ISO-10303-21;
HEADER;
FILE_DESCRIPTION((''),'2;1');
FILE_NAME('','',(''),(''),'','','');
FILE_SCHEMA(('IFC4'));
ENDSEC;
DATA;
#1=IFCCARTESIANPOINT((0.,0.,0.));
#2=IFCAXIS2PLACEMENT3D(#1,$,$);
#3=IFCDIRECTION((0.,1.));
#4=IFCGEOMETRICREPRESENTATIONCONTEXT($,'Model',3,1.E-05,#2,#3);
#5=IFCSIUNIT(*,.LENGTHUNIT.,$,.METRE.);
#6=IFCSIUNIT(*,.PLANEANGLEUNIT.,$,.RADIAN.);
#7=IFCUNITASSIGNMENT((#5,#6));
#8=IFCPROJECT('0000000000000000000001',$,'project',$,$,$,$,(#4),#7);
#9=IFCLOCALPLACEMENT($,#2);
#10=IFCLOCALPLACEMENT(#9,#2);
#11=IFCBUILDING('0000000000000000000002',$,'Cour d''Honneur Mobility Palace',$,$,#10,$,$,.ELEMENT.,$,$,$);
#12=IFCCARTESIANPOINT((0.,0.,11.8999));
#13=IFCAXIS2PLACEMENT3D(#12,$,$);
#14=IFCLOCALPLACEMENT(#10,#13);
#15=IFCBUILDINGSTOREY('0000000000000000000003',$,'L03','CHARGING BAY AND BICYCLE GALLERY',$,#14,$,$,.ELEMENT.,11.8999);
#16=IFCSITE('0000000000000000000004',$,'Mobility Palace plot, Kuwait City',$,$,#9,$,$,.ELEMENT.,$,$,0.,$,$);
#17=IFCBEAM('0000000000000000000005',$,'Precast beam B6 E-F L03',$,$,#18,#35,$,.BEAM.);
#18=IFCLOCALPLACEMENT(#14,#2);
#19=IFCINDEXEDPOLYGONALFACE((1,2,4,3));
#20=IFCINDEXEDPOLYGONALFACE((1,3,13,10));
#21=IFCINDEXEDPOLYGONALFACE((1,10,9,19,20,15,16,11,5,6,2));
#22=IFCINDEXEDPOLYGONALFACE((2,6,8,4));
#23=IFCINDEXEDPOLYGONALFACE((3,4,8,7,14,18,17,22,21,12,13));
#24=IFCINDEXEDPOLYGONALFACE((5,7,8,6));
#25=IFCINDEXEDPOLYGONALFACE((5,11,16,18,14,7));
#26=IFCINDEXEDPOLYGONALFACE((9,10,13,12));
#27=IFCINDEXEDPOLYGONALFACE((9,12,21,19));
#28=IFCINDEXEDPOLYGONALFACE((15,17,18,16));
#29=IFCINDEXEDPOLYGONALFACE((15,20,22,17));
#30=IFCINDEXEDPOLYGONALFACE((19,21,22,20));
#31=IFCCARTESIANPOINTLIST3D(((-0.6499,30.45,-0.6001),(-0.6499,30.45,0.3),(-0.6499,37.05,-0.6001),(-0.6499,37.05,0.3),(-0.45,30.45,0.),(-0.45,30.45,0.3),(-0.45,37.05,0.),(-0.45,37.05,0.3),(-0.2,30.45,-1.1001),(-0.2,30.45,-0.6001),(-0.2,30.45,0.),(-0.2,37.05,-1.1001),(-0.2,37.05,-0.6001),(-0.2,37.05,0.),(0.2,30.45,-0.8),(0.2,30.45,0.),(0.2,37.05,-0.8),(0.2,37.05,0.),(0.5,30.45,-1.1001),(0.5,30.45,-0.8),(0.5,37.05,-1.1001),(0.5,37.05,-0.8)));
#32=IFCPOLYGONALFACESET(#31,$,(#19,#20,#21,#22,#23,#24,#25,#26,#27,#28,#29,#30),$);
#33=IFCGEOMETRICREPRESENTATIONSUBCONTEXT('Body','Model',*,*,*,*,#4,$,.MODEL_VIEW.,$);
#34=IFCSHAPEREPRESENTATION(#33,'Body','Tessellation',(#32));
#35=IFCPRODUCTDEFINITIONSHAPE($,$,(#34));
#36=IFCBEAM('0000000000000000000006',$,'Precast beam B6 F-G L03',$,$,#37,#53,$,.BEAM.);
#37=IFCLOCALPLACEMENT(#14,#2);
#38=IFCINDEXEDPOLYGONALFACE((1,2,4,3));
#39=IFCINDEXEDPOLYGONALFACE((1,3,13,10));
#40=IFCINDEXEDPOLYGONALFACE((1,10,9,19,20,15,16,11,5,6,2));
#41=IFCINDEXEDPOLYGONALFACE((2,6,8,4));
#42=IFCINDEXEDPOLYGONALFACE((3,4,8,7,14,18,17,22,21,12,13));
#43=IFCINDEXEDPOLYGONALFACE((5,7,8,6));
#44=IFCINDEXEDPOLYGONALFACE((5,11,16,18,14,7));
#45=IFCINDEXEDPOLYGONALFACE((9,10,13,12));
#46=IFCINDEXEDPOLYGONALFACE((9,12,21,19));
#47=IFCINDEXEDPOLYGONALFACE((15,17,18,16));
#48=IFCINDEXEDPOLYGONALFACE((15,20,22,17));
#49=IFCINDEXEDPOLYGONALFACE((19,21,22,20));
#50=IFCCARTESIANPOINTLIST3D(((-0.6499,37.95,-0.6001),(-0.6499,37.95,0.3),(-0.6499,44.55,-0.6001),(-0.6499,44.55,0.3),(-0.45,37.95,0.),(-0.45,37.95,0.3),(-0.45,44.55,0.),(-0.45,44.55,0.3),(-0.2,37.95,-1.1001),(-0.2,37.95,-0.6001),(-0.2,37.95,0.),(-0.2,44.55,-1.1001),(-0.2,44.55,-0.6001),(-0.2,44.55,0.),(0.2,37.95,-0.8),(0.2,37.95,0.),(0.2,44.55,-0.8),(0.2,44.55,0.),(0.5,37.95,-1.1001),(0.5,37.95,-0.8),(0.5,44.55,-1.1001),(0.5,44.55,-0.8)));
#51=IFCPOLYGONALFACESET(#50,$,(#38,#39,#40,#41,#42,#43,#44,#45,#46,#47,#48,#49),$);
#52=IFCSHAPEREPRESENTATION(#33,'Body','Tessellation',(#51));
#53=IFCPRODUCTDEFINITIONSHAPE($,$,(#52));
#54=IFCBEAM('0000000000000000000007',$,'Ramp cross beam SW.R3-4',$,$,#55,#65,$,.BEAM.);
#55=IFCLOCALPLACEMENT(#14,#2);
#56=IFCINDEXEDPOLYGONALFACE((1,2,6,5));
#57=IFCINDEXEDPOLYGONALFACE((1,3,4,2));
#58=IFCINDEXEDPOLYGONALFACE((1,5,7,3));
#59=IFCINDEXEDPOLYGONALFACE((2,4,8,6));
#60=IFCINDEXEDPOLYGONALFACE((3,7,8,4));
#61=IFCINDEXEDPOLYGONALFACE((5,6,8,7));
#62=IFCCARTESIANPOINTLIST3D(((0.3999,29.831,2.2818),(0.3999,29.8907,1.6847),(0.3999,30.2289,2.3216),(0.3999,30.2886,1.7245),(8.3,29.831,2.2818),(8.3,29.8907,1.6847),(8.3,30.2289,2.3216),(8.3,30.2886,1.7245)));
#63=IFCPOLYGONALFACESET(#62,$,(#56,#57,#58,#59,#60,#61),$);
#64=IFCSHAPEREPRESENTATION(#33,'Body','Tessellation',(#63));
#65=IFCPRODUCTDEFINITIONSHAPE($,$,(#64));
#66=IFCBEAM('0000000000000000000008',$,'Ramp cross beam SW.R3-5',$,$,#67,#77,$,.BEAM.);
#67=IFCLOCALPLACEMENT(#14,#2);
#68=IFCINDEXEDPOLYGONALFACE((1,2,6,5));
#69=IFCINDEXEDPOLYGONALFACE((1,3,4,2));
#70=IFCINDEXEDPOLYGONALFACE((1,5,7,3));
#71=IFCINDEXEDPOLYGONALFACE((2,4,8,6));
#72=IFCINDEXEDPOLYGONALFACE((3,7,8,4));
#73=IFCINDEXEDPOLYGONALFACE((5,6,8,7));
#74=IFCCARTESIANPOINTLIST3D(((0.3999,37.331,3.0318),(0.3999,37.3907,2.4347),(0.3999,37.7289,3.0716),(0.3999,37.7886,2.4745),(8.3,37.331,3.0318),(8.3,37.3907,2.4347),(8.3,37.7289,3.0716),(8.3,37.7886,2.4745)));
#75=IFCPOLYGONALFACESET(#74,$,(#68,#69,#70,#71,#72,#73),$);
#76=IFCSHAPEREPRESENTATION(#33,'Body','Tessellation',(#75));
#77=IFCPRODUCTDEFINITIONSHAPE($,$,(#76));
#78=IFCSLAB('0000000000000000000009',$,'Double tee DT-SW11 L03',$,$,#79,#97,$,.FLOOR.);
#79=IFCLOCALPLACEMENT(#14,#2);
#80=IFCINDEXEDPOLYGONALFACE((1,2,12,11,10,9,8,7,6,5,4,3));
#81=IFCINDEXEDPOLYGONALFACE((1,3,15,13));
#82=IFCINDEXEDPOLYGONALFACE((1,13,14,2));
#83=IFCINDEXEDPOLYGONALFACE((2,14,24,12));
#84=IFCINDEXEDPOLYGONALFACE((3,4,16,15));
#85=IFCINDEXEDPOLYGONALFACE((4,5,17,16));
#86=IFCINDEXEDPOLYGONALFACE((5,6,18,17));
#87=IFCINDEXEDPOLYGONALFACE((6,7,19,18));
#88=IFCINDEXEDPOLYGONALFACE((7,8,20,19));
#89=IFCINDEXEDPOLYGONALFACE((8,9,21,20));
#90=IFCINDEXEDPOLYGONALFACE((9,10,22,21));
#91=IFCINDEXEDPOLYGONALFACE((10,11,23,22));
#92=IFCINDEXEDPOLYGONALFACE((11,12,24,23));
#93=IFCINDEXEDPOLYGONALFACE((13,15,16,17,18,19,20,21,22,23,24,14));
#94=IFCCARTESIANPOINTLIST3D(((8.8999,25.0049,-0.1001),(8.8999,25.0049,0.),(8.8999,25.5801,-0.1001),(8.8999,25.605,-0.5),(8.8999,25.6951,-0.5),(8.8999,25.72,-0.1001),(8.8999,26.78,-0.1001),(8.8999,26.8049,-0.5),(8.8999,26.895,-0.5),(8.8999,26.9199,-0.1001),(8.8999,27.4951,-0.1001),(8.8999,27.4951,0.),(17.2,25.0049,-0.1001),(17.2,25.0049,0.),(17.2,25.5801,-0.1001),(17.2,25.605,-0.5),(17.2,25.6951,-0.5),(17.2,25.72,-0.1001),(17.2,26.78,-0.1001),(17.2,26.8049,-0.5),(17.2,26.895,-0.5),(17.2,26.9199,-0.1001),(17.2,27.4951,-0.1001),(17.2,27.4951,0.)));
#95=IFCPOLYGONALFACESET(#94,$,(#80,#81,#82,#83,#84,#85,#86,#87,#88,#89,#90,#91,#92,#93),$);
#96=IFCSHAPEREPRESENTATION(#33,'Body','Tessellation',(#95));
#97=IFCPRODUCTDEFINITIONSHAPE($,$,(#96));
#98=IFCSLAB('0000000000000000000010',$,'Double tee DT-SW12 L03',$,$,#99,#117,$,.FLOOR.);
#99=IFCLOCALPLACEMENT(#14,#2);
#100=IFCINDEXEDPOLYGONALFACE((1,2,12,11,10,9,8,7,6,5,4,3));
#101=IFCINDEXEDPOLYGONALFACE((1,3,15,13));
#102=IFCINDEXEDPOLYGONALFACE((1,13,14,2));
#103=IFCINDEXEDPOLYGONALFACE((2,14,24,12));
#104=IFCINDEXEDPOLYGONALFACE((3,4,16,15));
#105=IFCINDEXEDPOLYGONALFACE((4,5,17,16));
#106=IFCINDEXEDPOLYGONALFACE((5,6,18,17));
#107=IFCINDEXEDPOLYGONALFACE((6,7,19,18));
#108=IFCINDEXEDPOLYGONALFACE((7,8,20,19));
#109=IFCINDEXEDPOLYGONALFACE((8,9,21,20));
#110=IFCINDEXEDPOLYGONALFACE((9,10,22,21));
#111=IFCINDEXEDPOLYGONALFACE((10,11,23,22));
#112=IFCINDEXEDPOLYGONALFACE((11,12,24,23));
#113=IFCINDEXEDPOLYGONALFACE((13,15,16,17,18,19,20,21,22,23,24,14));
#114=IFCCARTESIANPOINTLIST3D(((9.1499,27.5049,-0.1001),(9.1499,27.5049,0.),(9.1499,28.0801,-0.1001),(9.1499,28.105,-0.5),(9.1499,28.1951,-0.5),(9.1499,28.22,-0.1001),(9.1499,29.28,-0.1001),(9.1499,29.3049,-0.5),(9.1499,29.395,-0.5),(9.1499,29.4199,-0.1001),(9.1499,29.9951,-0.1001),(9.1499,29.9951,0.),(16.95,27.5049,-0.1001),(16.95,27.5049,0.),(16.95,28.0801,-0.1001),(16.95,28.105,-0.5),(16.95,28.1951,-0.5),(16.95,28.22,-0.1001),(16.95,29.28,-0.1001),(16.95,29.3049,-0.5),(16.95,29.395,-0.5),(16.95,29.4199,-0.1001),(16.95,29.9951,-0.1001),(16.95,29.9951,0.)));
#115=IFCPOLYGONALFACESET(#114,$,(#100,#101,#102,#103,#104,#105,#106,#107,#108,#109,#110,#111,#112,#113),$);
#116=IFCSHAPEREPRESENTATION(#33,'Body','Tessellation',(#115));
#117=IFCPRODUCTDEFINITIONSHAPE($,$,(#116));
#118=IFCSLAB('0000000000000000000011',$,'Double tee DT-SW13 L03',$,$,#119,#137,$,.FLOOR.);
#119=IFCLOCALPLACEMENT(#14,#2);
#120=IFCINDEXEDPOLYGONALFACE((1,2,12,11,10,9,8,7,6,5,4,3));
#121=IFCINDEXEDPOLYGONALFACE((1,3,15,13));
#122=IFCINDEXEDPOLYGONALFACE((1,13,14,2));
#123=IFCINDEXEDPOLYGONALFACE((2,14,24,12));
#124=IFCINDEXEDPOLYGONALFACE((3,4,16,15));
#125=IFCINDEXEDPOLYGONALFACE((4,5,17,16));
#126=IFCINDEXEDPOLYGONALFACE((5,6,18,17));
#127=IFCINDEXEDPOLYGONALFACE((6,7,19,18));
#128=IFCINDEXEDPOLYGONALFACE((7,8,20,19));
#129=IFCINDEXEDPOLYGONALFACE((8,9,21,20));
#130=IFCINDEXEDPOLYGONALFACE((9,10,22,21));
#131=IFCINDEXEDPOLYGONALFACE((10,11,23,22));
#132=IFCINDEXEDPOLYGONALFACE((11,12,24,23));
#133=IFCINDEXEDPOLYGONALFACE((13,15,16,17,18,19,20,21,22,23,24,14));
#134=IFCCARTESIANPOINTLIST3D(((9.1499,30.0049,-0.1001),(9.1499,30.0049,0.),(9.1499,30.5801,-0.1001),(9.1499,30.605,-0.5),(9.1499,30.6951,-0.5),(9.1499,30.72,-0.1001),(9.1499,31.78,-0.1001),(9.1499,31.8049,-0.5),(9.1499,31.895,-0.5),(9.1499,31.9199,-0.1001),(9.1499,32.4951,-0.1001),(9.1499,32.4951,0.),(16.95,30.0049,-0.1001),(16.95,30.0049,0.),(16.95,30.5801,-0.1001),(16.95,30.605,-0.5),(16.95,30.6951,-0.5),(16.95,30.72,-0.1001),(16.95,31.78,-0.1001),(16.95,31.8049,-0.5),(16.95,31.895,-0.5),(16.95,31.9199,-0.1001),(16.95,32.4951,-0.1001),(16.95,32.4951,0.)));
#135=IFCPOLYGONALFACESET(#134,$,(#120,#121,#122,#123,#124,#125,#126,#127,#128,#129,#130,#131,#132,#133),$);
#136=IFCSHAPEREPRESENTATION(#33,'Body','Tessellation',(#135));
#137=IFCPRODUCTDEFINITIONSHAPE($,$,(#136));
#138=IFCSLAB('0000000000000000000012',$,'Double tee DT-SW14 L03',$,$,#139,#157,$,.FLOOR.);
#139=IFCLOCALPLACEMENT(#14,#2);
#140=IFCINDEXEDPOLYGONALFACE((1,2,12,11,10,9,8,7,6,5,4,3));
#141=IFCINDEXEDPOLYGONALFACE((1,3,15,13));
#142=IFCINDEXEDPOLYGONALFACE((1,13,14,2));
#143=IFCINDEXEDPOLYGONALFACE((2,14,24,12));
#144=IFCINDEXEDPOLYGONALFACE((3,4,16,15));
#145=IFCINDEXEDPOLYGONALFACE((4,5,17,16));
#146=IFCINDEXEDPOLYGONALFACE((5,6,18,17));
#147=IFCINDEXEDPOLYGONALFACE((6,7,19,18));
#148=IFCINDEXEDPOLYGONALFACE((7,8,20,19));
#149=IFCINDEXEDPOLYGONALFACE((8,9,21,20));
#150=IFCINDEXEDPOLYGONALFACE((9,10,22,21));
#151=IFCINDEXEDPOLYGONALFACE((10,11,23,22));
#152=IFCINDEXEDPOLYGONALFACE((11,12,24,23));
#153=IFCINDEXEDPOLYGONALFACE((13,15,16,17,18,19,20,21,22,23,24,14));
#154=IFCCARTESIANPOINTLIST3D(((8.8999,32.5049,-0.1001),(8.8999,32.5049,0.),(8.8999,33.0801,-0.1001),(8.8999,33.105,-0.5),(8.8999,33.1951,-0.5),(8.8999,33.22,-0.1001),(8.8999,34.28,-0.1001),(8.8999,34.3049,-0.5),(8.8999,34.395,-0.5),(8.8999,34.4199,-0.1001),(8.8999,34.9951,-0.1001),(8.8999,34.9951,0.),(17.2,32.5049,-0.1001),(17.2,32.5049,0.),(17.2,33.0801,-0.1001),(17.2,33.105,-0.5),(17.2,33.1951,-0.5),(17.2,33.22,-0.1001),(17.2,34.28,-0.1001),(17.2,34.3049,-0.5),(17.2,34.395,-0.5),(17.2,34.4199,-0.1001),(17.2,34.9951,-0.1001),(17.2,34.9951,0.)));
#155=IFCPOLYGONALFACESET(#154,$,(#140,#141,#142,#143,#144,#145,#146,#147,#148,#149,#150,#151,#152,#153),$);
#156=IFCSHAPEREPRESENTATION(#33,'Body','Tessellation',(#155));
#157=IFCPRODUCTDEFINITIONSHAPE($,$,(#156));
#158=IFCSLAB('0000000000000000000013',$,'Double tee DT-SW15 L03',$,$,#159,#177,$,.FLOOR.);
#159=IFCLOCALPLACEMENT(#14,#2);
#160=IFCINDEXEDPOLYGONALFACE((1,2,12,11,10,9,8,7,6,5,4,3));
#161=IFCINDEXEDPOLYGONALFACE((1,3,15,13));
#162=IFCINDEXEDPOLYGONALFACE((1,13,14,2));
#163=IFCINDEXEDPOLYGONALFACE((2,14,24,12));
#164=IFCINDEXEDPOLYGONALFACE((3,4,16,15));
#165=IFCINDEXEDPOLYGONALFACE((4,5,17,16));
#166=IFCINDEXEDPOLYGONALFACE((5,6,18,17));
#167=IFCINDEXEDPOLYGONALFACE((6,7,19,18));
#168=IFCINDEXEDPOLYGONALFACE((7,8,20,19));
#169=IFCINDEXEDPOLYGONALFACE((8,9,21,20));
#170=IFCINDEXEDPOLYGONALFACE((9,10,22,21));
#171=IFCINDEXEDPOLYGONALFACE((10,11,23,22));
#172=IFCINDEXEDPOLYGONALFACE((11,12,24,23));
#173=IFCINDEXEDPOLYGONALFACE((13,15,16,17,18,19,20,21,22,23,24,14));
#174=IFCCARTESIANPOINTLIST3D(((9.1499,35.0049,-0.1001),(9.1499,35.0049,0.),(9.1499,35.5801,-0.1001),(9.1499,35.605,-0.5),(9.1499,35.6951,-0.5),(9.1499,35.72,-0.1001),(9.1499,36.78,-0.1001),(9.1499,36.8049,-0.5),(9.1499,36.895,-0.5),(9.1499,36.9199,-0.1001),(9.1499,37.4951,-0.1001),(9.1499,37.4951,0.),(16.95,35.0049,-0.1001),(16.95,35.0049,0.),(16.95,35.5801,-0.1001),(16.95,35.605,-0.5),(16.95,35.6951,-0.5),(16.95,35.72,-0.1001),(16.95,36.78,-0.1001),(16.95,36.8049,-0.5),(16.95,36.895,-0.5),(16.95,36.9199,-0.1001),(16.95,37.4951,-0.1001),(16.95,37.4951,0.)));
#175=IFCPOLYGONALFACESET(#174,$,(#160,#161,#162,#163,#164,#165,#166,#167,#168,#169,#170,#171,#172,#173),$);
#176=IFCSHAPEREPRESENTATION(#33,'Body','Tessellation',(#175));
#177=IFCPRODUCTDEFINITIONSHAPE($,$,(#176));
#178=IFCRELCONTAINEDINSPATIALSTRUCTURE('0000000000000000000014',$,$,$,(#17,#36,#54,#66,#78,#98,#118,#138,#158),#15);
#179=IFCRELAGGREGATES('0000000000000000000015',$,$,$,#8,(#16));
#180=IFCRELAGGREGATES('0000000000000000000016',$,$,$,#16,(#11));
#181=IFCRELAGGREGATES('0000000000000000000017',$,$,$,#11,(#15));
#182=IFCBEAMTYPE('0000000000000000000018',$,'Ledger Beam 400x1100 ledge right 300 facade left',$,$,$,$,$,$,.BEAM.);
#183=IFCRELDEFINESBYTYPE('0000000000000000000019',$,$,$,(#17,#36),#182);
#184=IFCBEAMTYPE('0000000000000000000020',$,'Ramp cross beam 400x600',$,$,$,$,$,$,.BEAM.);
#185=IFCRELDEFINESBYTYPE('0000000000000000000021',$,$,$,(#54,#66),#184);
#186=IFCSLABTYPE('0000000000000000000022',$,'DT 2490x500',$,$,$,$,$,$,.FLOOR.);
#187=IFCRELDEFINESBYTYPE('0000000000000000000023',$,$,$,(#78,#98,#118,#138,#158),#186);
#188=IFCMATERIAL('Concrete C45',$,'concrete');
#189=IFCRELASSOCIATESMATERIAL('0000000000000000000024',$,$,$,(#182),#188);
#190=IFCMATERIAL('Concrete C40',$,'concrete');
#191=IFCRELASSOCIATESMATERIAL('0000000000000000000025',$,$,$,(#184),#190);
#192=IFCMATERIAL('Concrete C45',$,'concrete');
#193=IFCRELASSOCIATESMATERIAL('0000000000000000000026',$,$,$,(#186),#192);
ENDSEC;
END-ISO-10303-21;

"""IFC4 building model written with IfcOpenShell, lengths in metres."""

from ifc_helpers import new_model, si_unit, direction, frame, origin, origin_2d, place, context, subcontext, project, spatial, polyline, rectangle, outline, extrude, material, material_profile, profile_set, type_object, element, save


model = new_model("IFC4")

# Units and contexts
model_context = context("Model", 3, precision=1e-05, world=origin(), true_north=direction((0.0, 1.0)))
body_context = subcontext(model_context, "Body", "Model", "MODEL_VIEW")
ifc_project = project(units=[si_unit("LENGTHUNIT", "METRE"), si_unit("PLANEANGLEUNIT", "RADIAN")], contexts=[model_context])

# Site, building, storey
site_placement = place(None, origin())
site = spatial("IfcSite", under=ifc_project, at=site_placement, Name="Mobility Palace plot, Kuwait City", CompositionType="ELEMENT", RefElevation=0.0)
building_placement = place(site_placement, origin())
building = spatial("IfcBuilding", under=site, at=building_placement, Name="Cour d'Honneur Mobility Palace", CompositionType="ELEMENT")
storey_placement = place(building_placement, frame((0.0, 0.0, 11.8999)))
storey = spatial("IfcBuildingStorey", under=building, at=storey_placement, Name="L03", Description="CHARGING BAY AND BICYCLE GALLERY", CompositionType="ELEMENT", Elevation=11.8999)

# Beams
ifc_material_1 = material(Name="Concrete C45", Category="concrete")
ifc_material_profile_1 = material_profile(ifc_material_1, outline(polyline([(0.2, -1.1001), (0.2, -0.6001), (0.6499, -0.6001), (0.6499, 0.3), (0.45, 0.3), (0.45, 0.0), (0.2, 0.0), (-0.2, 0.0), (-0.2, -0.8), (-0.5, -0.8), (-0.5, -1.1001), (0.2, -1.1001)])), Name="Ledger Beam 400x1100 ledge right 300 facade left")
ifc_profile_set_1 = profile_set([ifc_material_profile_1], Name="Concrete C45")
beam_type_1 = type_object("IfcBeamType", Name="Ledger Beam 400x1100 ledge right 300 facade left", PredefinedType="BEAM", material=ifc_profile_set_1)
for number, where, z_axis, x_axis, name in (
    (1, (0.0, 30.45, 0.0), (0.0, 1.0, 0.0), (-1.0, 0.0, 0.0), "Precast beam B6 E-F L03"),
    (2, (0.0, 37.95, 0.0), (0.0, 1.0, 0.0), (-1.0, 0.0, 0.0), "Precast beam B6 F-G L03"),
):
    element("IfcBeam", number, at=place(storey_placement, frame(where, z_axis=z_axis, x_axis=x_axis)), inside=storey, type_object=beam_type_1, Name=name, PredefinedType="BEAM", context=body_context, shape_type="SweptSolid", body=[
        extrude(outline(polyline([(0.2, -1.1001), (0.2, -0.6001), (0.6499, -0.6001), (0.6499, 0.3), (0.45, 0.3), (0.45, 0.0), (0.2, 0.0), (-0.2, 0.0), (-0.2, -0.8), (-0.5, -0.8), (-0.5, -1.1001), (0.2, -1.1001)])), origin(), (0.0, 0.0, 1.0), 6.6001),
    ])
ifc_material_2 = material(Name="Concrete C40", Category="concrete")
ifc_material_profile_2 = material_profile(ifc_material_2, rectangle(XDim=0.3999, YDim=0.6001, at=origin_2d()), Name="Ramp cross beam 400x600")
ifc_profile_set_2 = profile_set([ifc_material_profile_2], Name="Concrete C40")
beam_type_2 = type_object("IfcBeamType", Name="Ramp cross beam 400x600", PredefinedType="BEAM", material=ifc_profile_set_2)
for number, where, z_axis, x_axis, name in (
    (3, (0.3999, 30.0598, 2.0032), (1.0, 0.0, 0.0), (0.0, 0.995037, 0.099504), "Ramp cross beam SW.R3-4"),
    (4, (0.3999, 37.5598, 2.7532), (1.0, 0.0, 0.0), (0.0, 0.995037, 0.099504), "Ramp cross beam SW.R3-5"),
):
    element("IfcBeam", number, at=place(storey_placement, frame(where, z_axis=z_axis, x_axis=x_axis)), inside=storey, type_object=beam_type_2, Name=name, PredefinedType="BEAM", context=body_context, shape_type="SweptSolid", body=[
        extrude(rectangle(XDim=0.3999, YDim=0.6001, at=origin_2d()), origin(), (0.0, 0.0, 1.0), 7.9001),
    ])

# Slabs
ifc_material_3 = material(Name="Concrete C45", Category="concrete")
ifc_material_profile_3 = material_profile(ifc_material_3, outline(polyline([(-1.2451, 0.0), (1.2451, 0.0), (1.2451, -0.1001), (0.6699, -0.1001), (0.645, -0.5), (0.5549, -0.5), (0.53, -0.1001), (-0.53, -0.1001), (-0.5549, -0.5), (-0.645, -0.5), (-0.6699, -0.1001), (-1.2451, -0.1001), (-1.2451, 0.0)])), Name="DT 2490x500")
ifc_profile_set_3 = profile_set([ifc_material_profile_3], Name="Concrete C45")
slab_type = type_object("IfcSlabType", Name="DT 2490x500", PredefinedType="FLOOR", material=ifc_profile_set_3)
slab_1_placement = place(storey_placement, frame((8.8999, 26.25, 0.0), z_axis=(1.0, 0.0, 0.0), x_axis=(0.0, 1.0, 0.0)))
element("IfcSlab", 5, at=slab_1_placement, inside=storey, type_object=slab_type, Name="Double tee DT-SW11 L03", PredefinedType="FLOOR", context=body_context, shape_type="SweptSolid", body=[
    extrude(outline(polyline([(-1.2451, 0.0), (1.2451, 0.0), (1.2451, -0.1001), (0.6699, -0.1001), (0.645, -0.5), (0.5549, -0.5), (0.53, -0.1001), (-0.53, -0.1001), (-0.5549, -0.5), (-0.645, -0.5), (-0.6699, -0.1001), (-1.2451, -0.1001), (-1.2451, 0.0)])), origin(), (0.0, 0.0, 1.0), 8.3),
])
for number, where, z_axis, x_axis, name in (
    (6, (9.1499, 28.75, 0.0), (1.0, 0.0, 0.0), (0.0, 1.0, 0.0), "Double tee DT-SW12 L03"),
    (7, (9.1499, 31.25, 0.0), (1.0, 0.0, 0.0), (0.0, 1.0, 0.0), "Double tee DT-SW13 L03"),
):
    element("IfcSlab", number, at=place(storey_placement, frame(where, z_axis=z_axis, x_axis=x_axis)), inside=storey, type_object=slab_type, Name=name, PredefinedType="FLOOR", context=body_context, shape_type="SweptSolid", body=[
        extrude(outline(polyline([(-1.2451, 0.0), (1.2451, 0.0), (1.2451, -0.1001), (0.6699, -0.1001), (0.645, -0.5), (0.5549, -0.5), (0.53, -0.1001), (-0.53, -0.1001), (-0.5549, -0.5), (-0.645, -0.5), (-0.6699, -0.1001), (-1.2451, -0.1001), (-1.2451, 0.0)])), origin(), (0.0, 0.0, 1.0), 7.8),
    ])
slab_2_placement = place(storey_placement, frame((8.8999, 33.75, 0.0), z_axis=(1.0, 0.0, 0.0), x_axis=(0.0, 1.0, 0.0)))
element("IfcSlab", 8, at=slab_2_placement, inside=storey, type_object=slab_type, Name="Double tee DT-SW14 L03", PredefinedType="FLOOR", context=body_context, shape_type="SweptSolid", body=[
    extrude(outline(polyline([(-1.2451, 0.0), (1.2451, 0.0), (1.2451, -0.1001), (0.6699, -0.1001), (0.645, -0.5), (0.5549, -0.5), (0.53, -0.1001), (-0.53, -0.1001), (-0.5549, -0.5), (-0.645, -0.5), (-0.6699, -0.1001), (-1.2451, -0.1001), (-1.2451, 0.0)])), origin(), (0.0, 0.0, 1.0), 8.3),
])
slab_3_placement = place(storey_placement, frame((9.1499, 36.25, 0.0), z_axis=(1.0, 0.0, 0.0), x_axis=(0.0, 1.0, 0.0)))
element("IfcSlab", 9, at=slab_3_placement, inside=storey, type_object=slab_type, Name="Double tee DT-SW15 L03", PredefinedType="FLOOR", context=body_context, shape_type="SweptSolid", body=[
    extrude(outline(polyline([(-1.2451, 0.0), (1.2451, 0.0), (1.2451, -0.1001), (0.6699, -0.1001), (0.645, -0.5), (0.5549, -0.5), (0.53, -0.1001), (-0.53, -0.1001), (-0.5549, -0.5), (-0.645, -0.5), (-0.6699, -0.1001), (-1.2451, -0.1001), (-1.2451, 0.0)])), origin(), (0.0, 0.0, 1.0), 7.8),
])

save(model, "model.ifc")
